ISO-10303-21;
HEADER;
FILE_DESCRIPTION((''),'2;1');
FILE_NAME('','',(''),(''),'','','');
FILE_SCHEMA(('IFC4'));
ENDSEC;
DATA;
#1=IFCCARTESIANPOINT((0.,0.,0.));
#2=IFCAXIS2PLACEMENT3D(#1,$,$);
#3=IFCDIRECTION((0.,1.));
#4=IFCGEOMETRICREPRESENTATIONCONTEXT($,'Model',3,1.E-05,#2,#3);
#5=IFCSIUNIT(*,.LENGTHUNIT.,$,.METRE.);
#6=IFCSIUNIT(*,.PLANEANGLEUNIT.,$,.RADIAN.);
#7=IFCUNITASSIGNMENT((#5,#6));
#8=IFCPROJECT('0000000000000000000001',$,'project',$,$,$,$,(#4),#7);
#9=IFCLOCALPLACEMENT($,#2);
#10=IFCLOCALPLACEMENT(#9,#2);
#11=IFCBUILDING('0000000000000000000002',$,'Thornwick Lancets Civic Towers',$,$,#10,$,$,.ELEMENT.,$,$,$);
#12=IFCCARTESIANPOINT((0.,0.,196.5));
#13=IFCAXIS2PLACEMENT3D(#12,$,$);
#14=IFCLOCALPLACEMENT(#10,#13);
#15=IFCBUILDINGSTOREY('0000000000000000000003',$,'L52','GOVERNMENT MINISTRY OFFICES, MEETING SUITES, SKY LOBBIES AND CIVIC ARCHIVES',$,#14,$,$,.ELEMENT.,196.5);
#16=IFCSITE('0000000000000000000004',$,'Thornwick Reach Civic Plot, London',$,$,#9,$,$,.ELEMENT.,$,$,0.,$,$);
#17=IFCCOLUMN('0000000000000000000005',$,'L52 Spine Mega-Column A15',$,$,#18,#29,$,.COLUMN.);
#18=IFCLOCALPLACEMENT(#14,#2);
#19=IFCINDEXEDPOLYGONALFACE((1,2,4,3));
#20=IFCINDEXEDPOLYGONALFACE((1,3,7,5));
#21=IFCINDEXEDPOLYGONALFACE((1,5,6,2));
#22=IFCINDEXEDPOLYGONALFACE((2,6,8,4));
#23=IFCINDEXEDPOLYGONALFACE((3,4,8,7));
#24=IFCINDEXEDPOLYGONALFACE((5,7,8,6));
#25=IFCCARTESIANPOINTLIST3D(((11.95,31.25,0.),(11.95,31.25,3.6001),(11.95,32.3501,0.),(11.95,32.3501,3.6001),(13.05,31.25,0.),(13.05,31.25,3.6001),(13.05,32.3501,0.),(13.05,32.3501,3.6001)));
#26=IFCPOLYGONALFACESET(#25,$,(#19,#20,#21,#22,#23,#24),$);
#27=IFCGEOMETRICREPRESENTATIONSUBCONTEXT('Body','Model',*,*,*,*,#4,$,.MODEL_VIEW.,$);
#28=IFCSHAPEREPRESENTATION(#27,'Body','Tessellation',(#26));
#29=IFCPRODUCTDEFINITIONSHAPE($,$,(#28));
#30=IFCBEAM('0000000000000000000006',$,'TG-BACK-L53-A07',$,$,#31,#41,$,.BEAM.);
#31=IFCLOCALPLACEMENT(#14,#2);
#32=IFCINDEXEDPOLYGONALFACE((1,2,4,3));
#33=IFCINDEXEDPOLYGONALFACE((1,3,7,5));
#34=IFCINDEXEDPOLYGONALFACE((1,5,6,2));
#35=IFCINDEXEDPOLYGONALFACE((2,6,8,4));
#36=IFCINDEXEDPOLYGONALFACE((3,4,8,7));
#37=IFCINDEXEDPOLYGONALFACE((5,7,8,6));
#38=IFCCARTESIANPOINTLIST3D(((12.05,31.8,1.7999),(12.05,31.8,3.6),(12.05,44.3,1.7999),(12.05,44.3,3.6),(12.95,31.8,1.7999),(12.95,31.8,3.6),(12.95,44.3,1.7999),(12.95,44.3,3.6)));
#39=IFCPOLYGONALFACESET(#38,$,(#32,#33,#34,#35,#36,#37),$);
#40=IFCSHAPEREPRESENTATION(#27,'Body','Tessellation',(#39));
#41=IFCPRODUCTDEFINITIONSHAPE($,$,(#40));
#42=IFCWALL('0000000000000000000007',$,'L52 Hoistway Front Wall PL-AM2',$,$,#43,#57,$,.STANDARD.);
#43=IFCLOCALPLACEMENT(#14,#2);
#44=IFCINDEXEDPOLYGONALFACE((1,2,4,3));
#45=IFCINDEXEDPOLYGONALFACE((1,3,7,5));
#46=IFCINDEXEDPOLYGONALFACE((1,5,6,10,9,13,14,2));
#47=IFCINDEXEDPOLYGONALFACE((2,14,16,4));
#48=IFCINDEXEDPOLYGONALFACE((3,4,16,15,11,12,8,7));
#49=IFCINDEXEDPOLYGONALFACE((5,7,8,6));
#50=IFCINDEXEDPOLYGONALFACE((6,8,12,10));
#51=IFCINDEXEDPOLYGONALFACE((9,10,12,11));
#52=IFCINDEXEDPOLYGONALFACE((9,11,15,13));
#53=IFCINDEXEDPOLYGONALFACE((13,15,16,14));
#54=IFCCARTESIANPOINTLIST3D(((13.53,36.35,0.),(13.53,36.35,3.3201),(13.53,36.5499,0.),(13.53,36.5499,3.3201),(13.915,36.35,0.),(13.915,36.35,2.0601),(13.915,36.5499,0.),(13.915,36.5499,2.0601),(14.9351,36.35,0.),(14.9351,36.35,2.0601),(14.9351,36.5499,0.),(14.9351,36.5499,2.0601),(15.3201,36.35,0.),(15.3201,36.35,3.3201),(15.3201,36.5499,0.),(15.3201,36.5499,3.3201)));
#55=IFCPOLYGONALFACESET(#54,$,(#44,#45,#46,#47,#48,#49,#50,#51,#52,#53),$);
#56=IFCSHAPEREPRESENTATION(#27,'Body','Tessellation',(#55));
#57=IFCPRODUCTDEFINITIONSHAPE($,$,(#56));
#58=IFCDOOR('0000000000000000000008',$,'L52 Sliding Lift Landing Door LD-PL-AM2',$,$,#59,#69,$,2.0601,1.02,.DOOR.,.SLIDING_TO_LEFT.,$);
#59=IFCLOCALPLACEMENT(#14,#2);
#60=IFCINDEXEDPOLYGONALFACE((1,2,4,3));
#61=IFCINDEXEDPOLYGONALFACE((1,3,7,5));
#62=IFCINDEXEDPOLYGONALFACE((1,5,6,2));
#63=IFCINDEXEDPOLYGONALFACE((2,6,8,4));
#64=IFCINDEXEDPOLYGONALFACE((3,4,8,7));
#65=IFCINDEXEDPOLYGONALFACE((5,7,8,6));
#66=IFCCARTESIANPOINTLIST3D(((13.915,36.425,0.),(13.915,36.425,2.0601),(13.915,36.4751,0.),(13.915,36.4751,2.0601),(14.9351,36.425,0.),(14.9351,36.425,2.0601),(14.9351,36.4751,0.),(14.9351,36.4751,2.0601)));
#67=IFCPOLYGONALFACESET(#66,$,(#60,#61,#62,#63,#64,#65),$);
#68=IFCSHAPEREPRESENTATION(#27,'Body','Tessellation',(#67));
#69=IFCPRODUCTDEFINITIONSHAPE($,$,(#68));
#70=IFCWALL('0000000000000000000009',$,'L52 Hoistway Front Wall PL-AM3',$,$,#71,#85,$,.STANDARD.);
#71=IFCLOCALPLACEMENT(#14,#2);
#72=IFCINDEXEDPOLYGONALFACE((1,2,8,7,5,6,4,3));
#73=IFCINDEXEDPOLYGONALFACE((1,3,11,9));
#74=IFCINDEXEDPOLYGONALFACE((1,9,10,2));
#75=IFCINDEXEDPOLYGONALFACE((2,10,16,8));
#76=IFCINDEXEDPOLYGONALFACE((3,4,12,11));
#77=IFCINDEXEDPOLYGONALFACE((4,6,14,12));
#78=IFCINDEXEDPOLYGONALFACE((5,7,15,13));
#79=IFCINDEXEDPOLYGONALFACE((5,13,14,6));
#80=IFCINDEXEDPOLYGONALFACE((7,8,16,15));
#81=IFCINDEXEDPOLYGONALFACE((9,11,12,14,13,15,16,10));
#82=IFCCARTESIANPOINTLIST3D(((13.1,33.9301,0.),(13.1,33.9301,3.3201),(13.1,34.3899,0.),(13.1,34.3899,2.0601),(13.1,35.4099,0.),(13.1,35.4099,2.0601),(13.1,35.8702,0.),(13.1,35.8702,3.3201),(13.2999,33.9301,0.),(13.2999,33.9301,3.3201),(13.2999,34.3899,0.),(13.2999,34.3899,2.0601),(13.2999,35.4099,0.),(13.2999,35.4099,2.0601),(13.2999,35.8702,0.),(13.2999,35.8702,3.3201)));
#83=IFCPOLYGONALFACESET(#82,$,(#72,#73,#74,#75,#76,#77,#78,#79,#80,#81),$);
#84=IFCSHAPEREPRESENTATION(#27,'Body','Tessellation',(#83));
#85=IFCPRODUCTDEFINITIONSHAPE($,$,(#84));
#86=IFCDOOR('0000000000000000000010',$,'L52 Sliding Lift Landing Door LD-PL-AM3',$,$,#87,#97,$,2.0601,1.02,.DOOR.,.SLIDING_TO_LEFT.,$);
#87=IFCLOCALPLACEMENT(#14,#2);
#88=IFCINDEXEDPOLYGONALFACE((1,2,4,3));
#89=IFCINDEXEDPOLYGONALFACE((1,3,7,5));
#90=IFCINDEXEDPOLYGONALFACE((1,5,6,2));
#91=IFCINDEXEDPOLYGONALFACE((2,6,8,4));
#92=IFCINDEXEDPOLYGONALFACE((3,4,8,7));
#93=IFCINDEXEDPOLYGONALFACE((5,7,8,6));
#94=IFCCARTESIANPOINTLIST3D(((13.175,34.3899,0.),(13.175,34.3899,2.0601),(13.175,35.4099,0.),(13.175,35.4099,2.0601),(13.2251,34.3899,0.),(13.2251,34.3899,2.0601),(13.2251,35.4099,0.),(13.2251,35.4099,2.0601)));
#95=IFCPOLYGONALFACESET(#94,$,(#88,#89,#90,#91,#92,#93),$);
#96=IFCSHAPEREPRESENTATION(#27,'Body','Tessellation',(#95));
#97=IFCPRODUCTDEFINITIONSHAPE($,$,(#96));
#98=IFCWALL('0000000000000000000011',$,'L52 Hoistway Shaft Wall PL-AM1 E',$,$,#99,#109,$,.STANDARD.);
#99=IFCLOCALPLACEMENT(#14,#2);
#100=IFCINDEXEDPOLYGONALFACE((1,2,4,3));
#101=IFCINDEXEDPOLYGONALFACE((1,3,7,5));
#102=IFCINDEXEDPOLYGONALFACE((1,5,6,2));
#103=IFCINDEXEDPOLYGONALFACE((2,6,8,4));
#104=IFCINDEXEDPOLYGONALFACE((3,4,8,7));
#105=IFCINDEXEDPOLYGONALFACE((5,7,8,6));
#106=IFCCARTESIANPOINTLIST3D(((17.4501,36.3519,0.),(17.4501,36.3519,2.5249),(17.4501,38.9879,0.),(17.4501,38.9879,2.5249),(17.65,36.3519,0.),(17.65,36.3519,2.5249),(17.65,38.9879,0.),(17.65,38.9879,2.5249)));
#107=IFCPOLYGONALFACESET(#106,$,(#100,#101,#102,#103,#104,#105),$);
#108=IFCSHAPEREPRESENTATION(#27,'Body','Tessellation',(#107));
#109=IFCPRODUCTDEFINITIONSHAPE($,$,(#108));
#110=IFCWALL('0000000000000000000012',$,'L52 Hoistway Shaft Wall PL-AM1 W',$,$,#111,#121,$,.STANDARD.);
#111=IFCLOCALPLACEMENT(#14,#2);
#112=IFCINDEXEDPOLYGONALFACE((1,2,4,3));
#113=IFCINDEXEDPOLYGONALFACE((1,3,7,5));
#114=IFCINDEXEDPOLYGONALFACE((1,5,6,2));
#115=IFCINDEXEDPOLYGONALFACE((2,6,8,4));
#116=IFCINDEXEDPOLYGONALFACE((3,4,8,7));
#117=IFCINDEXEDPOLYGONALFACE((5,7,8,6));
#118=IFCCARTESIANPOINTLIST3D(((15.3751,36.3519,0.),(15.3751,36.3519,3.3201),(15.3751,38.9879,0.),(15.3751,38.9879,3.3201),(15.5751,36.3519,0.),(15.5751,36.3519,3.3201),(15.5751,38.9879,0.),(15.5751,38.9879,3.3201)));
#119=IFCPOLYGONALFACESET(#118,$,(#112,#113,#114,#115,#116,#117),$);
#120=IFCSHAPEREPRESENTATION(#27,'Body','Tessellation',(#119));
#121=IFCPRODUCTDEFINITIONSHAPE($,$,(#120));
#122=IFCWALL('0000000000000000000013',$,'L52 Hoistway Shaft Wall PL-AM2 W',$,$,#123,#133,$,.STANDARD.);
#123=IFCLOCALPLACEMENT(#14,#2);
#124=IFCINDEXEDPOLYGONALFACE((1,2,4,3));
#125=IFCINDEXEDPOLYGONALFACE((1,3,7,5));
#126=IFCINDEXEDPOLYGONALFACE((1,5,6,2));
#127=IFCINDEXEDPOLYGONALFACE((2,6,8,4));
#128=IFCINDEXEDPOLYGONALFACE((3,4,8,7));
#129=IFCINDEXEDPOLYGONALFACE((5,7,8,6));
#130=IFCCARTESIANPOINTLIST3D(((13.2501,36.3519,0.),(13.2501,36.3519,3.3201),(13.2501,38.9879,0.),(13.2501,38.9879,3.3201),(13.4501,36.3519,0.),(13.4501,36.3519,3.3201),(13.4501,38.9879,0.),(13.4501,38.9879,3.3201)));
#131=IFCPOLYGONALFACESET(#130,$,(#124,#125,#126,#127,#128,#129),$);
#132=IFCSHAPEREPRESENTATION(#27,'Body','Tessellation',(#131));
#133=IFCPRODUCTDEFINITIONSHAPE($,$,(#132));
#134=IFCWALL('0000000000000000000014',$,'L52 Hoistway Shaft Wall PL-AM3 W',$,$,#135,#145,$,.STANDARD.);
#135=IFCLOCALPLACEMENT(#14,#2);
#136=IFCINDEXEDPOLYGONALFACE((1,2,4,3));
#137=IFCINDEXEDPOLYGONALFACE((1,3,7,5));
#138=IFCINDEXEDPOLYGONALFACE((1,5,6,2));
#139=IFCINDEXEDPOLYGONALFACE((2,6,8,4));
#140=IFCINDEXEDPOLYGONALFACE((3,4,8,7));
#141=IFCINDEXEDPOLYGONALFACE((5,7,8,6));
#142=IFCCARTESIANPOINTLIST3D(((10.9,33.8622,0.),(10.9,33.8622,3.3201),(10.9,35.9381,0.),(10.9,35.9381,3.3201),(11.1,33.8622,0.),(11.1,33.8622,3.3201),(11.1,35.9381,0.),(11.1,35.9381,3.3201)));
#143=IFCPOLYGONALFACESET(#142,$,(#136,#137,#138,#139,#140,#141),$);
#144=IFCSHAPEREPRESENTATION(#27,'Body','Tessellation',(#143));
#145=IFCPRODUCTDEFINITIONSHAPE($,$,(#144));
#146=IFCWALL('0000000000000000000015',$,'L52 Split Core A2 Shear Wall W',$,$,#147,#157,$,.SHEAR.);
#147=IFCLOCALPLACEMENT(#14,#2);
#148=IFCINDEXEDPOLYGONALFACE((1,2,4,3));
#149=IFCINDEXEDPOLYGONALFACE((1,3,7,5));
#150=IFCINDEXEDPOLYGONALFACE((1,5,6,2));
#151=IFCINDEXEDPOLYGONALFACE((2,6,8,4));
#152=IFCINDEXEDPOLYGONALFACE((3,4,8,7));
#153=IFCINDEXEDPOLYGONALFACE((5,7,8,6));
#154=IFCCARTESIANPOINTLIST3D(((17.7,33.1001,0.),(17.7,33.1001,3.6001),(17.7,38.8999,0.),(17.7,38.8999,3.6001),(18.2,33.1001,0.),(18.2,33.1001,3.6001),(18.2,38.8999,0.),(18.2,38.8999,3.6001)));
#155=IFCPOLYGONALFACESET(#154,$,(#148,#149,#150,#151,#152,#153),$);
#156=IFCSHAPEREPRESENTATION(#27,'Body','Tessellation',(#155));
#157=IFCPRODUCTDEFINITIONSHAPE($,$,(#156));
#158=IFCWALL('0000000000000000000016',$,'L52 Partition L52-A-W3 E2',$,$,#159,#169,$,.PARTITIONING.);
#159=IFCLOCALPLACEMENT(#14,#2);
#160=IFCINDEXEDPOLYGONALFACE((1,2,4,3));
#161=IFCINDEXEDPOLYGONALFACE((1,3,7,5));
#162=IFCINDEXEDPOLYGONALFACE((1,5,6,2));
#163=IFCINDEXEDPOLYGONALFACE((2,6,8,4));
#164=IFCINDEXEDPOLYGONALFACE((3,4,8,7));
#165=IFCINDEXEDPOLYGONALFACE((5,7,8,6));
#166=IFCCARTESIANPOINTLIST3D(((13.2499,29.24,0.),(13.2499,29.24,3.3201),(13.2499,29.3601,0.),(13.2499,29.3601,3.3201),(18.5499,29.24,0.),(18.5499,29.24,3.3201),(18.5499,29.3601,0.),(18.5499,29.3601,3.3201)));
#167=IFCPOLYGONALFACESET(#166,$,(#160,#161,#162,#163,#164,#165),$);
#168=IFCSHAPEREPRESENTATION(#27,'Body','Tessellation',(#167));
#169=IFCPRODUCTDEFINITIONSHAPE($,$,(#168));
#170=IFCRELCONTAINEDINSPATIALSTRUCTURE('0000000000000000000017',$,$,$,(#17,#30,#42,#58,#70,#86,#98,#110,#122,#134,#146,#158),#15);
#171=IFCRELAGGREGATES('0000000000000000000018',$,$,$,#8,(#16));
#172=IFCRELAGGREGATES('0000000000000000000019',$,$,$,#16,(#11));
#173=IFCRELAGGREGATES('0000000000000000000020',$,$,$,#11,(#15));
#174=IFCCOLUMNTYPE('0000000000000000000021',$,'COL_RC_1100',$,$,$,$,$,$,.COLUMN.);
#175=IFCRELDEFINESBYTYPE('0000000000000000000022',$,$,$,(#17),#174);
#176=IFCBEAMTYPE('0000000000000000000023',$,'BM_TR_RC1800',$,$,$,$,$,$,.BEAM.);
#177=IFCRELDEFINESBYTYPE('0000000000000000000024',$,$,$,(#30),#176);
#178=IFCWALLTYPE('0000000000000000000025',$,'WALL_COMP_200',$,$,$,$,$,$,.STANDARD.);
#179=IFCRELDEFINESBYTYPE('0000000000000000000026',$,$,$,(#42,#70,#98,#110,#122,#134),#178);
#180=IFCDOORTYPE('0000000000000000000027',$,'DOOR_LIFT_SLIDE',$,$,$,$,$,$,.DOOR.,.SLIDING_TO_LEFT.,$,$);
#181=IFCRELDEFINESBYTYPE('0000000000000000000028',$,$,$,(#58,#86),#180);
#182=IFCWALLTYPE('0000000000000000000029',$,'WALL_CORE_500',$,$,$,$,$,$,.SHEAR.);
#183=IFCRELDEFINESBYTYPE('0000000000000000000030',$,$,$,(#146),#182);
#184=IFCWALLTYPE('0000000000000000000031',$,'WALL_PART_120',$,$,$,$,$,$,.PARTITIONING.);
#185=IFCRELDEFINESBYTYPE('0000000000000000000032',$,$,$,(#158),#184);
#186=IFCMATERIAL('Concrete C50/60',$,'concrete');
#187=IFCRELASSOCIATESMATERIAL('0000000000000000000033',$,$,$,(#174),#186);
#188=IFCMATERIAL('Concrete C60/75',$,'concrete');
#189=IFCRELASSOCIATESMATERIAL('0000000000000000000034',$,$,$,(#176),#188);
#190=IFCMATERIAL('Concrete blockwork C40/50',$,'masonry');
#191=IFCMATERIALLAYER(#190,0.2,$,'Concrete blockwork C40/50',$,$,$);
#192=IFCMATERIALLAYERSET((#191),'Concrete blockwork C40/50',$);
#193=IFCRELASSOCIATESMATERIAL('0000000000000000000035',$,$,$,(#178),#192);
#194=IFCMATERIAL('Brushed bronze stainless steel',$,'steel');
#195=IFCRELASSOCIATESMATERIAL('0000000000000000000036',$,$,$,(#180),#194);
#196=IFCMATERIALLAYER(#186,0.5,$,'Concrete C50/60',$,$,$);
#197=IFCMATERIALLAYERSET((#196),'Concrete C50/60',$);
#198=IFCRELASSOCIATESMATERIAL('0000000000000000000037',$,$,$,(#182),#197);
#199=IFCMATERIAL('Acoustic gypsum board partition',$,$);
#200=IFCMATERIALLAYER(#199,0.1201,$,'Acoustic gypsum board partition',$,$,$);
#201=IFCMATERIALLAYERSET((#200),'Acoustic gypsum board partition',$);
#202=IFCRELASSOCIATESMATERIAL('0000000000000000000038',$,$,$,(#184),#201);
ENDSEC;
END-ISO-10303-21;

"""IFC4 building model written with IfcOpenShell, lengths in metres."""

from ifc_helpers import new_model, si_unit, direction, frame, frame_2d, origin, origin_2d, place, context, subcontext, project, spatial, rectangle, extrude, material, layer, layer_set, material_profile, profile_set, type_object, element, fill, save


model = new_model("IFC4")

# Units and contexts
model_context = context("Model", 3, precision=1e-05, world=origin(), true_north=direction((0.0, 1.0)))
body_context = subcontext(model_context, "Body", "Model", "MODEL_VIEW")
ifc_project = project(units=[si_unit("LENGTHUNIT", "METRE"), si_unit("PLANEANGLEUNIT", "RADIAN")], contexts=[model_context])

# Site, building, storey
site_placement = place(None, origin())
site = spatial("IfcSite", under=ifc_project, at=site_placement, Name="Thornwick Reach Civic Plot, London", CompositionType="ELEMENT", RefElevation=0.0)
building_placement = place(site_placement, origin())
building = spatial("IfcBuilding", under=site, at=building_placement, Name="Thornwick Lancets Civic Towers", CompositionType="ELEMENT")
storey_placement = place(building_placement, frame((0.0, 0.0, 196.5)))
storey = spatial("IfcBuildingStorey", under=building, at=storey_placement, Name="L52", Description="GOVERNMENT MINISTRY OFFICES, MEETING SUITES, SKY LOBBIES AND CIVIC ARCHIVES", CompositionType="ELEMENT", Elevation=196.5)

# Column
ifc_material_1 = material(Name="Concrete C50/60", Category="concrete")
ifc_material_profile_1 = material_profile(ifc_material_1, rectangle(XDim=1.1001, YDim=1.1001, at=origin_2d()), Name="RC 1100x1100")
ifc_profile_set_1 = profile_set([ifc_material_profile_1], Name="Concrete C50/60")
column_type = type_object("IfcColumnType", Name="COL_RC_1100", PredefinedType="COLUMN", material=ifc_profile_set_1)
column_placement = place(storey_placement, frame((12.5, 31.8, 0.0), z_axis=(0.0, 0.0, 1.0), x_axis=(1.0, 0.0, 0.0)))
element("IfcColumn", 1, at=column_placement, inside=storey, type_object=column_type, Name="L52 Spine Mega-Column A15", PredefinedType="COLUMN", context=body_context, shape_type="SweptSolid", body=[
    extrude(rectangle(XDim=1.1001, YDim=1.1001, at=origin_2d()), origin(), (0.0, 0.0, 1.0), 3.6001),
])

# Beam
ifc_material_2 = material(Name="Concrete C60/75", Category="concrete")
ifc_material_profile_2 = material_profile(ifc_material_2, rectangle(XDim=0.8999, YDim=1.8, at=origin_2d()), Name="RC 900x1800")
ifc_profile_set_2 = profile_set([ifc_material_profile_2], Name="Concrete C60/75")
beam_type = type_object("IfcBeamType", Name="BM_TR_RC1800", PredefinedType="BEAM", material=ifc_profile_set_2)
beam_placement = place(storey_placement, frame((12.5, 31.8, 2.7), z_axis=(0.0, 1.0, 0.0), x_axis=(-1.0, 0.0, 0.0)))
element("IfcBeam", 2, at=beam_placement, inside=storey, type_object=beam_type, Name="TG-BACK-L53-A07", PredefinedType="BEAM", context=body_context, shape_type="SweptSolid", body=[
    extrude(rectangle(XDim=0.8999, YDim=1.8, at=origin_2d()), origin(), (0.0, 0.0, 1.0), 12.5),
])

# Walls, openings, doors
ifc_material_3 = material(Name="Concrete blockwork C40/50", Category="masonry")
ifc_layer_1 = layer(ifc_material_3, 0.2, Name="Concrete blockwork C40/50")
ifc_layer_set_1 = layer_set([ifc_layer_1], Name="Concrete blockwork C40/50")
wall_type_1 = type_object("IfcWallType", Name="WALL_COMP_200", PredefinedType="STANDARD", material=ifc_layer_set_1)
wall_1_placement = place(storey_placement, frame((15.3201, 36.45, 0.0), z_axis=(0.0, 0.0, 1.0), x_axis=(-1.0, 0.0, 0.0)))
wall_1 = element("IfcWall", 3, at=wall_1_placement, inside=storey, type_object=wall_type_1, Name="L52 Hoistway Front Wall PL-AM2", PredefinedType="STANDARD", context=body_context, shape_type="SweptSolid", body=[
    extrude(rectangle(XDim=1.79, YDim=0.2, at=frame_2d((0.895, 0.0))), origin(), (0.0, 0.0, 1.0), 3.3201),
])
opening_1_placement = place(wall_1_placement, frame((0.385, 0.0, 0.0)))
opening_1 = element("IfcOpeningElement", 4, at=opening_1_placement, cuts=wall_1, PredefinedType="OPENING", context=body_context, shape_type="SweptSolid", body=[
    extrude(rectangle(XDim=1.02, YDim=2.0601, at=frame_2d((0.51, 1.03))), frame((0.0, 0.1099, 0.0), z_axis=(0.0, -1.0, 0.0), x_axis=(1.0, 0.0, 0.0)), (0.0, 0.0, 1.0), 0.22),
])
ifc_material_4 = material(Name="Brushed bronze stainless steel", Category="steel")
door_type_1 = type_object("IfcDoorType", Name="DOOR_LIFT_SLIDE", OperationType="SLIDING_TO_LEFT", PredefinedType="DOOR", material=ifc_material_4)
door_1_placement = place(opening_1_placement, origin())
door_1 = element("IfcDoor", 5, at=door_1_placement, inside=storey, type_object=door_type_1, Name="L52 Sliding Lift Landing Door LD-PL-AM2", OperationType="SLIDING_TO_LEFT", OverallHeight=2.0601, OverallWidth=1.02, PredefinedType="DOOR", context=body_context, shape_type="SweptSolid", body=[
    extrude(rectangle(XDim=1.02, YDim=2.0601, at=frame_2d((0.51, 1.03))), frame((0.0, 0.0249, 0.0), z_axis=(0.0, -1.0, 0.0), x_axis=(1.0, 0.0, 0.0)), (0.0, 0.0, 1.0), 0.05),
])
fill(opening_1, door_1)
wall_2_placement = place(storey_placement, frame((13.2, 33.9299, 0.0), z_axis=(0.0, 0.0, 1.0), x_axis=(0.0, 1.0, 0.0)))
wall_2 = element("IfcWall", 6, at=wall_2_placement, inside=storey, type_object=wall_type_1, Name="L52 Hoistway Front Wall PL-AM3", PredefinedType="STANDARD", context=body_context, shape_type="SweptSolid", body=[
    extrude(rectangle(XDim=1.9402, YDim=0.2, at=frame_2d((0.9702, 0.0))), origin(), (0.0, 0.0, 1.0), 3.3201),
])
opening_2_placement = place(wall_2_placement, frame((0.46, 0.0, 0.0)))
opening_2 = element("IfcOpeningElement", 7, at=opening_2_placement, cuts=wall_2, PredefinedType="OPENING", context=body_context, shape_type="SweptSolid", body=[
    extrude(rectangle(XDim=1.02, YDim=2.0601, at=frame_2d((0.51, 1.03))), frame((0.0, 0.1099, 0.0), z_axis=(0.0, -1.0, 0.0), x_axis=(1.0, 0.0, 0.0)), (0.0, 0.0, 1.0), 0.22),
])
door_2_placement = place(opening_2_placement, origin())
door_2 = element("IfcDoor", 8, at=door_2_placement, inside=storey, type_object=door_type_1, Name="L52 Sliding Lift Landing Door LD-PL-AM3", OperationType="SLIDING_TO_LEFT", OverallHeight=2.0601, OverallWidth=1.02, PredefinedType="DOOR", context=body_context, shape_type="SweptSolid", body=[
    extrude(rectangle(XDim=1.02, YDim=2.0601, at=frame_2d((0.51, 1.03))), frame((0.0, 0.0249, 0.0), z_axis=(0.0, -1.0, 0.0), x_axis=(1.0, 0.0, 0.0)), (0.0, 0.0, 1.0), 0.05),
])
fill(opening_2, door_2)

# Walls
wall_3_placement = place(storey_placement, frame((17.55, 36.3521, 0.0), z_axis=(0.0, 0.0, 1.0), x_axis=(0.0, 1.0, 0.0)))
element("IfcWall", 9, at=wall_3_placement, inside=storey, type_object=wall_type_1, Name="L52 Hoistway Shaft Wall PL-AM1 E", PredefinedType="STANDARD", context=body_context, shape_type="SweptSolid", body=[
    extrude(rectangle(XDim=2.636, YDim=0.2, at=frame_2d((1.3179, 0.0))), origin(), (0.0, 0.0, 1.0), 2.5249),
])
for number, where, z_axis, x_axis, name in (
    (10, (15.4751, 36.3521, 0.0), (0.0, 0.0, 1.0), (0.0, 1.0, 0.0), "L52 Hoistway Shaft Wall PL-AM1 W"),
    (11, (13.3501, 36.3521, 0.0), (0.0, 0.0, 1.0), (0.0, 1.0, 0.0), "L52 Hoistway Shaft Wall PL-AM2 W"),
):
    element("IfcWall", number, at=place(storey_placement, frame(where, z_axis=z_axis, x_axis=x_axis)), inside=storey, type_object=wall_type_1, Name=name, PredefinedType="STANDARD", context=body_context, shape_type="SweptSolid", body=[
        extrude(rectangle(XDim=2.636, YDim=0.2, at=frame_2d((1.3179, 0.0))), origin(), (0.0, 0.0, 1.0), 3.3201),
    ])
wall_4_placement = place(storey_placement, frame((11.0, 33.8621, 0.0), z_axis=(0.0, 0.0, 1.0), x_axis=(0.0, 1.0, 0.0)))
element("IfcWall", 12, at=wall_4_placement, inside=storey, type_object=wall_type_1, Name="L52 Hoistway Shaft Wall PL-AM3 W", PredefinedType="STANDARD", context=body_context, shape_type="SweptSolid", body=[
    extrude(rectangle(XDim=2.0759, YDim=0.2, at=frame_2d((1.0381, 0.0))), origin(), (0.0, 0.0, 1.0), 3.3201),
])
ifc_layer_2 = layer(ifc_material_1, 0.5, Name="Concrete C50/60")
ifc_layer_set_2 = layer_set([ifc_layer_2], Name="Concrete C50/60")
wall_type_2 = type_object("IfcWallType", Name="WALL_CORE_500", PredefinedType="SHEAR", material=ifc_layer_set_2)
wall_5_placement = place(storey_placement, frame((17.95, 33.1001, 0.0), z_axis=(0.0, 0.0, 1.0), x_axis=(0.0, 1.0, 0.0)))
element("IfcWall", 13, at=wall_5_placement, inside=storey, type_object=wall_type_2, Name="L52 Split Core A2 Shear Wall W", PredefinedType="SHEAR", context=body_context, shape_type="SweptSolid", body=[
    extrude(rectangle(XDim=5.7998, YDim=0.5, at=frame_2d((2.8999, 0.0))), origin(), (0.0, 0.0, 1.0), 3.6001),
])
ifc_material_5 = material(Name="Acoustic gypsum board partition")
ifc_layer_3 = layer(ifc_material_5, 0.1201, Name="Acoustic gypsum board partition")
ifc_layer_set_3 = layer_set([ifc_layer_3], Name="Acoustic gypsum board partition")
wall_type_3 = type_object("IfcWallType", Name="WALL_PART_120", PredefinedType="PARTITIONING", material=ifc_layer_set_3)
wall_6_placement = place(storey_placement, frame((13.25, 29.3, 0.0), z_axis=(0.0, 0.0, 1.0), x_axis=(1.0, 0.0, 0.0)))
element("IfcWall", 14, at=wall_6_placement, inside=storey, type_object=wall_type_3, Name="L52 Partition L52-A-W3 E2", PredefinedType="PARTITIONING", context=body_context, shape_type="SweptSolid", body=[
    extrude(rectangle(XDim=5.3, YDim=0.1201, at=frame_2d((2.6499, 0.0))), origin(), (0.0, 0.0, 1.0), 3.3201),
])

save(model, "model.ifc")
